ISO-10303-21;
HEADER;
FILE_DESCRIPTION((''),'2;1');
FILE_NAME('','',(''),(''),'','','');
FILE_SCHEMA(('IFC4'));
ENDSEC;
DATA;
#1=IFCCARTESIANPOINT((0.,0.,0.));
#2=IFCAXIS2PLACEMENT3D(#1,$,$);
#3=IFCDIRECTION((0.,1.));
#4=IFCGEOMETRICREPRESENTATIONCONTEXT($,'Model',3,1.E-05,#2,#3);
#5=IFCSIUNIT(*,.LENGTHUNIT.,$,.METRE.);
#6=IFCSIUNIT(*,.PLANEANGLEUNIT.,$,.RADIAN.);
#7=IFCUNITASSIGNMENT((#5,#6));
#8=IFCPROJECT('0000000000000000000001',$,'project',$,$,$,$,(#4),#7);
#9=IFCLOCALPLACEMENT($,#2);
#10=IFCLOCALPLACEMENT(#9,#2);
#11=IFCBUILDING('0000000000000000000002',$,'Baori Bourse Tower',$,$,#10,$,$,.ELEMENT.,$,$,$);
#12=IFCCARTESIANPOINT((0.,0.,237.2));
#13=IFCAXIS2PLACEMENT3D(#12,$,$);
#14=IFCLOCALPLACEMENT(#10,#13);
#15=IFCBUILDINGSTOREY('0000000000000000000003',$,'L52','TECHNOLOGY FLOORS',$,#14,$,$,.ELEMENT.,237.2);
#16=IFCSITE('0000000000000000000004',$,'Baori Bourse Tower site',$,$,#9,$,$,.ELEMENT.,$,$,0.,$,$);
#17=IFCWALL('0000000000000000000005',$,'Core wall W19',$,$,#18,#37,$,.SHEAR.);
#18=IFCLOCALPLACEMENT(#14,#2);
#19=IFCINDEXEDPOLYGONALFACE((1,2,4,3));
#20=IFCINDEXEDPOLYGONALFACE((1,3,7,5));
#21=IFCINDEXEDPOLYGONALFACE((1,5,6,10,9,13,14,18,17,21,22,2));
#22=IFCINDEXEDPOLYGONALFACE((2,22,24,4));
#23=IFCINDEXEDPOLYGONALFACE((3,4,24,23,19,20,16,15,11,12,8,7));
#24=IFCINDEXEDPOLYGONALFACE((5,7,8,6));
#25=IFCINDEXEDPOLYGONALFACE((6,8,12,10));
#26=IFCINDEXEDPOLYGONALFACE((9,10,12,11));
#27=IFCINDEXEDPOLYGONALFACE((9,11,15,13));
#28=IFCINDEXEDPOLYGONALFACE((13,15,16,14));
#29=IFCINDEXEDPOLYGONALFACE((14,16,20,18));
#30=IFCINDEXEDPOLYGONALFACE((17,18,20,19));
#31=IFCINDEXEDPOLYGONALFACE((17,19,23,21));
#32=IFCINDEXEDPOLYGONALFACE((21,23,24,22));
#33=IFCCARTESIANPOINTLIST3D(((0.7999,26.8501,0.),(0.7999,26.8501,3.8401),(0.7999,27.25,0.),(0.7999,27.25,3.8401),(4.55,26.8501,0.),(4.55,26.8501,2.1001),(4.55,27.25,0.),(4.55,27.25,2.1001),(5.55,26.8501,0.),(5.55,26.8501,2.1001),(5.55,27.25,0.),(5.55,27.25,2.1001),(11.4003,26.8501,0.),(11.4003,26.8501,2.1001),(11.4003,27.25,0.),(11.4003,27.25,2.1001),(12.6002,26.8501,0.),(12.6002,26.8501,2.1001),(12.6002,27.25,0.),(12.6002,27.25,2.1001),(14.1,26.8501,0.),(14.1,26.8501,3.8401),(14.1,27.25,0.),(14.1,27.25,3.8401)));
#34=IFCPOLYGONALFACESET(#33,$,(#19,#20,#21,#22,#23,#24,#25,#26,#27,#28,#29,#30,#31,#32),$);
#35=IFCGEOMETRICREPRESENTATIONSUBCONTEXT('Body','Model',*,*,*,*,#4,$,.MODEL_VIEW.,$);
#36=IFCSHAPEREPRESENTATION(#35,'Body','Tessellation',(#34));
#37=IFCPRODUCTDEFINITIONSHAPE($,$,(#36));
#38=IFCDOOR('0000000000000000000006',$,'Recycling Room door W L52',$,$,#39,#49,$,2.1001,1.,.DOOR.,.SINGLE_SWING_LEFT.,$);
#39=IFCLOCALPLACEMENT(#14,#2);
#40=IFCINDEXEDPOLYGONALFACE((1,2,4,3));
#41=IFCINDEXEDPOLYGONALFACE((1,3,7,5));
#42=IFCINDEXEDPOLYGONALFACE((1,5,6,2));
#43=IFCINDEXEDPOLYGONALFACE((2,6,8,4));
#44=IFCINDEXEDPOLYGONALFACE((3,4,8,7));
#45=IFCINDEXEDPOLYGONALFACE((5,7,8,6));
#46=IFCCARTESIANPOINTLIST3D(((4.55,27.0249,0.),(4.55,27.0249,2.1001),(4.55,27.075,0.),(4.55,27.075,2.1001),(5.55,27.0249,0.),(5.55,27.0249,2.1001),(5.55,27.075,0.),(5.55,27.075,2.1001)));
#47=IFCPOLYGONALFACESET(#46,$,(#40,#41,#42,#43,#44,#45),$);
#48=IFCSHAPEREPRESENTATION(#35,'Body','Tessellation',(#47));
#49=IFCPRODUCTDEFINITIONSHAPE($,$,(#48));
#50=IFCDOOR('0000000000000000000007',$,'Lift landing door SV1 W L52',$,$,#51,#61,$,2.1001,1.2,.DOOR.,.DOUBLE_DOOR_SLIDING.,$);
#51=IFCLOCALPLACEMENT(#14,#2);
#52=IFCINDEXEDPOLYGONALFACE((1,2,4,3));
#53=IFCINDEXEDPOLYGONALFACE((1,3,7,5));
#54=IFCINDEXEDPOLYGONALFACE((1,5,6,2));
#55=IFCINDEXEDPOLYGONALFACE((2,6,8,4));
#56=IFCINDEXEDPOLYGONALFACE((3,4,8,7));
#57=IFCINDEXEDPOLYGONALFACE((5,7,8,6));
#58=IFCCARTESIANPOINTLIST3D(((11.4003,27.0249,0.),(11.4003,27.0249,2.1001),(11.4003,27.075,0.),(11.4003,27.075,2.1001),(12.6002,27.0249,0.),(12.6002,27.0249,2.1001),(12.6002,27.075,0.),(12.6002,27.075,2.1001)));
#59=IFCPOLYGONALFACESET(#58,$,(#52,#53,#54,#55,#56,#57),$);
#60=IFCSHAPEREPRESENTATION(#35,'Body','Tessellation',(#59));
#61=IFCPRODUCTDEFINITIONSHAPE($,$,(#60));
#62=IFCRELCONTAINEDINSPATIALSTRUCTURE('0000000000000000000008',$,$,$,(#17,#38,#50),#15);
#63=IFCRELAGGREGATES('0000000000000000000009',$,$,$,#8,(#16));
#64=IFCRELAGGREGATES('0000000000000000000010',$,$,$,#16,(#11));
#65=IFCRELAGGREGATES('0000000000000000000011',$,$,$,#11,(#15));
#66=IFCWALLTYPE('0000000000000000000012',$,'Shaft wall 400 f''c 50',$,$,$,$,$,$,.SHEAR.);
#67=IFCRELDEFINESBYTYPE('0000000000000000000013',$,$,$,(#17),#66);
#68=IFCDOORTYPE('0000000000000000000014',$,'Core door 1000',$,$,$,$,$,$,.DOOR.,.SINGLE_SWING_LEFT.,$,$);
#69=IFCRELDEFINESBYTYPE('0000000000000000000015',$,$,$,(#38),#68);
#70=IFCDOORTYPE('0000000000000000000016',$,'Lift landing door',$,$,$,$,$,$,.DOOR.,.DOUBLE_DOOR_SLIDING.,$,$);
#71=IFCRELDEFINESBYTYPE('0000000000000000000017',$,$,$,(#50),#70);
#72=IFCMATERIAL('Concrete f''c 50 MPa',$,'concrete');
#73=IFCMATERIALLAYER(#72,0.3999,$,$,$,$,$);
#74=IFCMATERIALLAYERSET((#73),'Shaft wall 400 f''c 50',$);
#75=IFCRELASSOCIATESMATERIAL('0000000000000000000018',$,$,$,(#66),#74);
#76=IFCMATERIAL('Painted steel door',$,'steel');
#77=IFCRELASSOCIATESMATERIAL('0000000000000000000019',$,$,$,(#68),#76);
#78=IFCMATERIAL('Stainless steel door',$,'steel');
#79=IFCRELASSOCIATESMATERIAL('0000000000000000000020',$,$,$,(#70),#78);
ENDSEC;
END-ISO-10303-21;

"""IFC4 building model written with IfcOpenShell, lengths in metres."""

from ifc_helpers import new_model, si_unit, direction, frame, frame_2d, origin, place, context, subcontext, project, spatial, rectangle, extrude, material, layer, layer_set, type_object, element, fill, save


model = new_model("IFC4")

# Units and contexts
model_context = context("Model", 3, precision=1e-05, world=origin(), true_north=direction((0.0, 1.0)))
body_context = subcontext(model_context, "Body", "Model", "MODEL_VIEW")
ifc_project = project(units=[si_unit("LENGTHUNIT", "METRE"), si_unit("PLANEANGLEUNIT", "RADIAN")], contexts=[model_context])

# Site, building, storey
site_placement = place(None, origin())
site = spatial("IfcSite", under=ifc_project, at=site_placement, Name="Baori Bourse Tower site", CompositionType="ELEMENT", RefElevation=0.0)
building_placement = place(site_placement, origin())
building = spatial("IfcBuilding", under=site, at=building_placement, Name="Baori Bourse Tower", CompositionType="ELEMENT")
storey_placement = place(building_placement, frame((0.0, 0.0, 237.2)))
storey = spatial("IfcBuildingStorey", under=building, at=storey_placement, Name="L52", Description="TECHNOLOGY FLOORS", CompositionType="ELEMENT", Elevation=237.2)

# Wall, openings, doors
ifc_material_1 = material(Name="Concrete f'c 50 MPa", Category="concrete")
ifc_layer_1 = layer(ifc_material_1, 0.3999)
ifc_layer_set_1 = layer_set([ifc_layer_1], Name="Shaft wall 400 f'c 50")
wall_type_1 = type_object("IfcWallType", Name="Shaft wall 400 f'c 50", PredefinedType="SHEAR", material=ifc_layer_set_1)
wall_1_placement = place(storey_placement, frame((0.8, 27.05, 0.0), z_axis=(0.0, 0.0, 1.0), x_axis=(1.0, 0.0, 0.0)))
wall_1 = element("IfcWall", 1, at=wall_1_placement, inside=storey, type_object=wall_type_1, Name="Core wall W19", PredefinedType="SHEAR", context=body_context, shape_type="SweptSolid", body=[
    extrude(rectangle(XDim=13.3, YDim=0.3999, at=frame_2d((6.6499, 0.0))), origin(), (0.0, 0.0, 1.0), 3.8401),
])
opening_1_placement = place(wall_1_placement, frame((3.75, 0.0, 0.0)))
opening_1 = element("IfcOpeningElement", 2, at=opening_1_placement, cuts=wall_1, PredefinedType="OPENING", context=body_context, shape_type="SweptSolid", body=[
    extrude(rectangle(XDim=1.0, YDim=2.1001, at=frame_2d((0.5, 1.05))), frame((0.0, 0.21, 0.0), z_axis=(0.0, -1.0, 0.0), x_axis=(1.0, 0.0, 0.0)), (0.0, 0.0, 1.0), 0.4199),
])
opening_2_placement = place(wall_1_placement, frame((10.6001, 0.0, 0.0)))
opening_2 = element("IfcOpeningElement", 3, at=opening_2_placement, cuts=wall_1, PredefinedType="OPENING", context=body_context, shape_type="SweptSolid", body=[
    extrude(rectangle(XDim=1.2, YDim=2.1001, at=frame_2d((0.6001, 1.05))), frame((0.0, 0.21, 0.0), z_axis=(0.0, -1.0, 0.0), x_axis=(1.0, 0.0, 0.0)), (0.0, 0.0, 1.0), 0.4199),
])
ifc_material_2 = material(Name="Painted steel door", Category="steel")
door_type_1 = type_object("IfcDoorType", Name="Core door 1000", OperationType="SINGLE_SWING_LEFT", PredefinedType="DOOR", material=ifc_material_2)
door_1_placement = place(opening_1_placement, origin())
door_1 = element("IfcDoor", 4, at=door_1_placement, inside=storey, type_object=door_type_1, Name="Recycling Room door W L52", OperationType="SINGLE_SWING_LEFT", OverallHeight=2.1001, OverallWidth=1.0, PredefinedType="DOOR", context=body_context, shape_type="SweptSolid", body=[
    extrude(rectangle(XDim=1.0, YDim=2.1001, at=frame_2d((0.5, 1.05))), frame((0.0, 0.0249, 0.0), z_axis=(0.0, -1.0, 0.0), x_axis=(1.0, 0.0, 0.0)), (0.0, 0.0, 1.0), 0.05),
])
fill(opening_1, door_1)
ifc_material_3 = material(Name="Stainless steel door", Category="steel")
door_type_2 = type_object("IfcDoorType", Name="Lift landing door", OperationType="DOUBLE_DOOR_SLIDING", PredefinedType="DOOR", material=ifc_material_3)
door_2_placement = place(opening_2_placement, origin())
door_2 = element("IfcDoor", 5, at=door_2_placement, inside=storey, type_object=door_type_2, Name="Lift landing door SV1 W L52", OperationType="DOUBLE_DOOR_SLIDING", OverallHeight=2.1001, OverallWidth=1.2, PredefinedType="DOOR", context=body_context, shape_type="SweptSolid", body=[
    extrude(rectangle(XDim=1.2, YDim=2.1001, at=frame_2d((0.6001, 1.05))), frame((0.0, 0.0249, 0.0), z_axis=(0.0, -1.0, 0.0), x_axis=(1.0, 0.0, 0.0)), (0.0, 0.0, 1.0), 0.05),
])
fill(opening_2, door_2)

save(model, "model.ifc")
